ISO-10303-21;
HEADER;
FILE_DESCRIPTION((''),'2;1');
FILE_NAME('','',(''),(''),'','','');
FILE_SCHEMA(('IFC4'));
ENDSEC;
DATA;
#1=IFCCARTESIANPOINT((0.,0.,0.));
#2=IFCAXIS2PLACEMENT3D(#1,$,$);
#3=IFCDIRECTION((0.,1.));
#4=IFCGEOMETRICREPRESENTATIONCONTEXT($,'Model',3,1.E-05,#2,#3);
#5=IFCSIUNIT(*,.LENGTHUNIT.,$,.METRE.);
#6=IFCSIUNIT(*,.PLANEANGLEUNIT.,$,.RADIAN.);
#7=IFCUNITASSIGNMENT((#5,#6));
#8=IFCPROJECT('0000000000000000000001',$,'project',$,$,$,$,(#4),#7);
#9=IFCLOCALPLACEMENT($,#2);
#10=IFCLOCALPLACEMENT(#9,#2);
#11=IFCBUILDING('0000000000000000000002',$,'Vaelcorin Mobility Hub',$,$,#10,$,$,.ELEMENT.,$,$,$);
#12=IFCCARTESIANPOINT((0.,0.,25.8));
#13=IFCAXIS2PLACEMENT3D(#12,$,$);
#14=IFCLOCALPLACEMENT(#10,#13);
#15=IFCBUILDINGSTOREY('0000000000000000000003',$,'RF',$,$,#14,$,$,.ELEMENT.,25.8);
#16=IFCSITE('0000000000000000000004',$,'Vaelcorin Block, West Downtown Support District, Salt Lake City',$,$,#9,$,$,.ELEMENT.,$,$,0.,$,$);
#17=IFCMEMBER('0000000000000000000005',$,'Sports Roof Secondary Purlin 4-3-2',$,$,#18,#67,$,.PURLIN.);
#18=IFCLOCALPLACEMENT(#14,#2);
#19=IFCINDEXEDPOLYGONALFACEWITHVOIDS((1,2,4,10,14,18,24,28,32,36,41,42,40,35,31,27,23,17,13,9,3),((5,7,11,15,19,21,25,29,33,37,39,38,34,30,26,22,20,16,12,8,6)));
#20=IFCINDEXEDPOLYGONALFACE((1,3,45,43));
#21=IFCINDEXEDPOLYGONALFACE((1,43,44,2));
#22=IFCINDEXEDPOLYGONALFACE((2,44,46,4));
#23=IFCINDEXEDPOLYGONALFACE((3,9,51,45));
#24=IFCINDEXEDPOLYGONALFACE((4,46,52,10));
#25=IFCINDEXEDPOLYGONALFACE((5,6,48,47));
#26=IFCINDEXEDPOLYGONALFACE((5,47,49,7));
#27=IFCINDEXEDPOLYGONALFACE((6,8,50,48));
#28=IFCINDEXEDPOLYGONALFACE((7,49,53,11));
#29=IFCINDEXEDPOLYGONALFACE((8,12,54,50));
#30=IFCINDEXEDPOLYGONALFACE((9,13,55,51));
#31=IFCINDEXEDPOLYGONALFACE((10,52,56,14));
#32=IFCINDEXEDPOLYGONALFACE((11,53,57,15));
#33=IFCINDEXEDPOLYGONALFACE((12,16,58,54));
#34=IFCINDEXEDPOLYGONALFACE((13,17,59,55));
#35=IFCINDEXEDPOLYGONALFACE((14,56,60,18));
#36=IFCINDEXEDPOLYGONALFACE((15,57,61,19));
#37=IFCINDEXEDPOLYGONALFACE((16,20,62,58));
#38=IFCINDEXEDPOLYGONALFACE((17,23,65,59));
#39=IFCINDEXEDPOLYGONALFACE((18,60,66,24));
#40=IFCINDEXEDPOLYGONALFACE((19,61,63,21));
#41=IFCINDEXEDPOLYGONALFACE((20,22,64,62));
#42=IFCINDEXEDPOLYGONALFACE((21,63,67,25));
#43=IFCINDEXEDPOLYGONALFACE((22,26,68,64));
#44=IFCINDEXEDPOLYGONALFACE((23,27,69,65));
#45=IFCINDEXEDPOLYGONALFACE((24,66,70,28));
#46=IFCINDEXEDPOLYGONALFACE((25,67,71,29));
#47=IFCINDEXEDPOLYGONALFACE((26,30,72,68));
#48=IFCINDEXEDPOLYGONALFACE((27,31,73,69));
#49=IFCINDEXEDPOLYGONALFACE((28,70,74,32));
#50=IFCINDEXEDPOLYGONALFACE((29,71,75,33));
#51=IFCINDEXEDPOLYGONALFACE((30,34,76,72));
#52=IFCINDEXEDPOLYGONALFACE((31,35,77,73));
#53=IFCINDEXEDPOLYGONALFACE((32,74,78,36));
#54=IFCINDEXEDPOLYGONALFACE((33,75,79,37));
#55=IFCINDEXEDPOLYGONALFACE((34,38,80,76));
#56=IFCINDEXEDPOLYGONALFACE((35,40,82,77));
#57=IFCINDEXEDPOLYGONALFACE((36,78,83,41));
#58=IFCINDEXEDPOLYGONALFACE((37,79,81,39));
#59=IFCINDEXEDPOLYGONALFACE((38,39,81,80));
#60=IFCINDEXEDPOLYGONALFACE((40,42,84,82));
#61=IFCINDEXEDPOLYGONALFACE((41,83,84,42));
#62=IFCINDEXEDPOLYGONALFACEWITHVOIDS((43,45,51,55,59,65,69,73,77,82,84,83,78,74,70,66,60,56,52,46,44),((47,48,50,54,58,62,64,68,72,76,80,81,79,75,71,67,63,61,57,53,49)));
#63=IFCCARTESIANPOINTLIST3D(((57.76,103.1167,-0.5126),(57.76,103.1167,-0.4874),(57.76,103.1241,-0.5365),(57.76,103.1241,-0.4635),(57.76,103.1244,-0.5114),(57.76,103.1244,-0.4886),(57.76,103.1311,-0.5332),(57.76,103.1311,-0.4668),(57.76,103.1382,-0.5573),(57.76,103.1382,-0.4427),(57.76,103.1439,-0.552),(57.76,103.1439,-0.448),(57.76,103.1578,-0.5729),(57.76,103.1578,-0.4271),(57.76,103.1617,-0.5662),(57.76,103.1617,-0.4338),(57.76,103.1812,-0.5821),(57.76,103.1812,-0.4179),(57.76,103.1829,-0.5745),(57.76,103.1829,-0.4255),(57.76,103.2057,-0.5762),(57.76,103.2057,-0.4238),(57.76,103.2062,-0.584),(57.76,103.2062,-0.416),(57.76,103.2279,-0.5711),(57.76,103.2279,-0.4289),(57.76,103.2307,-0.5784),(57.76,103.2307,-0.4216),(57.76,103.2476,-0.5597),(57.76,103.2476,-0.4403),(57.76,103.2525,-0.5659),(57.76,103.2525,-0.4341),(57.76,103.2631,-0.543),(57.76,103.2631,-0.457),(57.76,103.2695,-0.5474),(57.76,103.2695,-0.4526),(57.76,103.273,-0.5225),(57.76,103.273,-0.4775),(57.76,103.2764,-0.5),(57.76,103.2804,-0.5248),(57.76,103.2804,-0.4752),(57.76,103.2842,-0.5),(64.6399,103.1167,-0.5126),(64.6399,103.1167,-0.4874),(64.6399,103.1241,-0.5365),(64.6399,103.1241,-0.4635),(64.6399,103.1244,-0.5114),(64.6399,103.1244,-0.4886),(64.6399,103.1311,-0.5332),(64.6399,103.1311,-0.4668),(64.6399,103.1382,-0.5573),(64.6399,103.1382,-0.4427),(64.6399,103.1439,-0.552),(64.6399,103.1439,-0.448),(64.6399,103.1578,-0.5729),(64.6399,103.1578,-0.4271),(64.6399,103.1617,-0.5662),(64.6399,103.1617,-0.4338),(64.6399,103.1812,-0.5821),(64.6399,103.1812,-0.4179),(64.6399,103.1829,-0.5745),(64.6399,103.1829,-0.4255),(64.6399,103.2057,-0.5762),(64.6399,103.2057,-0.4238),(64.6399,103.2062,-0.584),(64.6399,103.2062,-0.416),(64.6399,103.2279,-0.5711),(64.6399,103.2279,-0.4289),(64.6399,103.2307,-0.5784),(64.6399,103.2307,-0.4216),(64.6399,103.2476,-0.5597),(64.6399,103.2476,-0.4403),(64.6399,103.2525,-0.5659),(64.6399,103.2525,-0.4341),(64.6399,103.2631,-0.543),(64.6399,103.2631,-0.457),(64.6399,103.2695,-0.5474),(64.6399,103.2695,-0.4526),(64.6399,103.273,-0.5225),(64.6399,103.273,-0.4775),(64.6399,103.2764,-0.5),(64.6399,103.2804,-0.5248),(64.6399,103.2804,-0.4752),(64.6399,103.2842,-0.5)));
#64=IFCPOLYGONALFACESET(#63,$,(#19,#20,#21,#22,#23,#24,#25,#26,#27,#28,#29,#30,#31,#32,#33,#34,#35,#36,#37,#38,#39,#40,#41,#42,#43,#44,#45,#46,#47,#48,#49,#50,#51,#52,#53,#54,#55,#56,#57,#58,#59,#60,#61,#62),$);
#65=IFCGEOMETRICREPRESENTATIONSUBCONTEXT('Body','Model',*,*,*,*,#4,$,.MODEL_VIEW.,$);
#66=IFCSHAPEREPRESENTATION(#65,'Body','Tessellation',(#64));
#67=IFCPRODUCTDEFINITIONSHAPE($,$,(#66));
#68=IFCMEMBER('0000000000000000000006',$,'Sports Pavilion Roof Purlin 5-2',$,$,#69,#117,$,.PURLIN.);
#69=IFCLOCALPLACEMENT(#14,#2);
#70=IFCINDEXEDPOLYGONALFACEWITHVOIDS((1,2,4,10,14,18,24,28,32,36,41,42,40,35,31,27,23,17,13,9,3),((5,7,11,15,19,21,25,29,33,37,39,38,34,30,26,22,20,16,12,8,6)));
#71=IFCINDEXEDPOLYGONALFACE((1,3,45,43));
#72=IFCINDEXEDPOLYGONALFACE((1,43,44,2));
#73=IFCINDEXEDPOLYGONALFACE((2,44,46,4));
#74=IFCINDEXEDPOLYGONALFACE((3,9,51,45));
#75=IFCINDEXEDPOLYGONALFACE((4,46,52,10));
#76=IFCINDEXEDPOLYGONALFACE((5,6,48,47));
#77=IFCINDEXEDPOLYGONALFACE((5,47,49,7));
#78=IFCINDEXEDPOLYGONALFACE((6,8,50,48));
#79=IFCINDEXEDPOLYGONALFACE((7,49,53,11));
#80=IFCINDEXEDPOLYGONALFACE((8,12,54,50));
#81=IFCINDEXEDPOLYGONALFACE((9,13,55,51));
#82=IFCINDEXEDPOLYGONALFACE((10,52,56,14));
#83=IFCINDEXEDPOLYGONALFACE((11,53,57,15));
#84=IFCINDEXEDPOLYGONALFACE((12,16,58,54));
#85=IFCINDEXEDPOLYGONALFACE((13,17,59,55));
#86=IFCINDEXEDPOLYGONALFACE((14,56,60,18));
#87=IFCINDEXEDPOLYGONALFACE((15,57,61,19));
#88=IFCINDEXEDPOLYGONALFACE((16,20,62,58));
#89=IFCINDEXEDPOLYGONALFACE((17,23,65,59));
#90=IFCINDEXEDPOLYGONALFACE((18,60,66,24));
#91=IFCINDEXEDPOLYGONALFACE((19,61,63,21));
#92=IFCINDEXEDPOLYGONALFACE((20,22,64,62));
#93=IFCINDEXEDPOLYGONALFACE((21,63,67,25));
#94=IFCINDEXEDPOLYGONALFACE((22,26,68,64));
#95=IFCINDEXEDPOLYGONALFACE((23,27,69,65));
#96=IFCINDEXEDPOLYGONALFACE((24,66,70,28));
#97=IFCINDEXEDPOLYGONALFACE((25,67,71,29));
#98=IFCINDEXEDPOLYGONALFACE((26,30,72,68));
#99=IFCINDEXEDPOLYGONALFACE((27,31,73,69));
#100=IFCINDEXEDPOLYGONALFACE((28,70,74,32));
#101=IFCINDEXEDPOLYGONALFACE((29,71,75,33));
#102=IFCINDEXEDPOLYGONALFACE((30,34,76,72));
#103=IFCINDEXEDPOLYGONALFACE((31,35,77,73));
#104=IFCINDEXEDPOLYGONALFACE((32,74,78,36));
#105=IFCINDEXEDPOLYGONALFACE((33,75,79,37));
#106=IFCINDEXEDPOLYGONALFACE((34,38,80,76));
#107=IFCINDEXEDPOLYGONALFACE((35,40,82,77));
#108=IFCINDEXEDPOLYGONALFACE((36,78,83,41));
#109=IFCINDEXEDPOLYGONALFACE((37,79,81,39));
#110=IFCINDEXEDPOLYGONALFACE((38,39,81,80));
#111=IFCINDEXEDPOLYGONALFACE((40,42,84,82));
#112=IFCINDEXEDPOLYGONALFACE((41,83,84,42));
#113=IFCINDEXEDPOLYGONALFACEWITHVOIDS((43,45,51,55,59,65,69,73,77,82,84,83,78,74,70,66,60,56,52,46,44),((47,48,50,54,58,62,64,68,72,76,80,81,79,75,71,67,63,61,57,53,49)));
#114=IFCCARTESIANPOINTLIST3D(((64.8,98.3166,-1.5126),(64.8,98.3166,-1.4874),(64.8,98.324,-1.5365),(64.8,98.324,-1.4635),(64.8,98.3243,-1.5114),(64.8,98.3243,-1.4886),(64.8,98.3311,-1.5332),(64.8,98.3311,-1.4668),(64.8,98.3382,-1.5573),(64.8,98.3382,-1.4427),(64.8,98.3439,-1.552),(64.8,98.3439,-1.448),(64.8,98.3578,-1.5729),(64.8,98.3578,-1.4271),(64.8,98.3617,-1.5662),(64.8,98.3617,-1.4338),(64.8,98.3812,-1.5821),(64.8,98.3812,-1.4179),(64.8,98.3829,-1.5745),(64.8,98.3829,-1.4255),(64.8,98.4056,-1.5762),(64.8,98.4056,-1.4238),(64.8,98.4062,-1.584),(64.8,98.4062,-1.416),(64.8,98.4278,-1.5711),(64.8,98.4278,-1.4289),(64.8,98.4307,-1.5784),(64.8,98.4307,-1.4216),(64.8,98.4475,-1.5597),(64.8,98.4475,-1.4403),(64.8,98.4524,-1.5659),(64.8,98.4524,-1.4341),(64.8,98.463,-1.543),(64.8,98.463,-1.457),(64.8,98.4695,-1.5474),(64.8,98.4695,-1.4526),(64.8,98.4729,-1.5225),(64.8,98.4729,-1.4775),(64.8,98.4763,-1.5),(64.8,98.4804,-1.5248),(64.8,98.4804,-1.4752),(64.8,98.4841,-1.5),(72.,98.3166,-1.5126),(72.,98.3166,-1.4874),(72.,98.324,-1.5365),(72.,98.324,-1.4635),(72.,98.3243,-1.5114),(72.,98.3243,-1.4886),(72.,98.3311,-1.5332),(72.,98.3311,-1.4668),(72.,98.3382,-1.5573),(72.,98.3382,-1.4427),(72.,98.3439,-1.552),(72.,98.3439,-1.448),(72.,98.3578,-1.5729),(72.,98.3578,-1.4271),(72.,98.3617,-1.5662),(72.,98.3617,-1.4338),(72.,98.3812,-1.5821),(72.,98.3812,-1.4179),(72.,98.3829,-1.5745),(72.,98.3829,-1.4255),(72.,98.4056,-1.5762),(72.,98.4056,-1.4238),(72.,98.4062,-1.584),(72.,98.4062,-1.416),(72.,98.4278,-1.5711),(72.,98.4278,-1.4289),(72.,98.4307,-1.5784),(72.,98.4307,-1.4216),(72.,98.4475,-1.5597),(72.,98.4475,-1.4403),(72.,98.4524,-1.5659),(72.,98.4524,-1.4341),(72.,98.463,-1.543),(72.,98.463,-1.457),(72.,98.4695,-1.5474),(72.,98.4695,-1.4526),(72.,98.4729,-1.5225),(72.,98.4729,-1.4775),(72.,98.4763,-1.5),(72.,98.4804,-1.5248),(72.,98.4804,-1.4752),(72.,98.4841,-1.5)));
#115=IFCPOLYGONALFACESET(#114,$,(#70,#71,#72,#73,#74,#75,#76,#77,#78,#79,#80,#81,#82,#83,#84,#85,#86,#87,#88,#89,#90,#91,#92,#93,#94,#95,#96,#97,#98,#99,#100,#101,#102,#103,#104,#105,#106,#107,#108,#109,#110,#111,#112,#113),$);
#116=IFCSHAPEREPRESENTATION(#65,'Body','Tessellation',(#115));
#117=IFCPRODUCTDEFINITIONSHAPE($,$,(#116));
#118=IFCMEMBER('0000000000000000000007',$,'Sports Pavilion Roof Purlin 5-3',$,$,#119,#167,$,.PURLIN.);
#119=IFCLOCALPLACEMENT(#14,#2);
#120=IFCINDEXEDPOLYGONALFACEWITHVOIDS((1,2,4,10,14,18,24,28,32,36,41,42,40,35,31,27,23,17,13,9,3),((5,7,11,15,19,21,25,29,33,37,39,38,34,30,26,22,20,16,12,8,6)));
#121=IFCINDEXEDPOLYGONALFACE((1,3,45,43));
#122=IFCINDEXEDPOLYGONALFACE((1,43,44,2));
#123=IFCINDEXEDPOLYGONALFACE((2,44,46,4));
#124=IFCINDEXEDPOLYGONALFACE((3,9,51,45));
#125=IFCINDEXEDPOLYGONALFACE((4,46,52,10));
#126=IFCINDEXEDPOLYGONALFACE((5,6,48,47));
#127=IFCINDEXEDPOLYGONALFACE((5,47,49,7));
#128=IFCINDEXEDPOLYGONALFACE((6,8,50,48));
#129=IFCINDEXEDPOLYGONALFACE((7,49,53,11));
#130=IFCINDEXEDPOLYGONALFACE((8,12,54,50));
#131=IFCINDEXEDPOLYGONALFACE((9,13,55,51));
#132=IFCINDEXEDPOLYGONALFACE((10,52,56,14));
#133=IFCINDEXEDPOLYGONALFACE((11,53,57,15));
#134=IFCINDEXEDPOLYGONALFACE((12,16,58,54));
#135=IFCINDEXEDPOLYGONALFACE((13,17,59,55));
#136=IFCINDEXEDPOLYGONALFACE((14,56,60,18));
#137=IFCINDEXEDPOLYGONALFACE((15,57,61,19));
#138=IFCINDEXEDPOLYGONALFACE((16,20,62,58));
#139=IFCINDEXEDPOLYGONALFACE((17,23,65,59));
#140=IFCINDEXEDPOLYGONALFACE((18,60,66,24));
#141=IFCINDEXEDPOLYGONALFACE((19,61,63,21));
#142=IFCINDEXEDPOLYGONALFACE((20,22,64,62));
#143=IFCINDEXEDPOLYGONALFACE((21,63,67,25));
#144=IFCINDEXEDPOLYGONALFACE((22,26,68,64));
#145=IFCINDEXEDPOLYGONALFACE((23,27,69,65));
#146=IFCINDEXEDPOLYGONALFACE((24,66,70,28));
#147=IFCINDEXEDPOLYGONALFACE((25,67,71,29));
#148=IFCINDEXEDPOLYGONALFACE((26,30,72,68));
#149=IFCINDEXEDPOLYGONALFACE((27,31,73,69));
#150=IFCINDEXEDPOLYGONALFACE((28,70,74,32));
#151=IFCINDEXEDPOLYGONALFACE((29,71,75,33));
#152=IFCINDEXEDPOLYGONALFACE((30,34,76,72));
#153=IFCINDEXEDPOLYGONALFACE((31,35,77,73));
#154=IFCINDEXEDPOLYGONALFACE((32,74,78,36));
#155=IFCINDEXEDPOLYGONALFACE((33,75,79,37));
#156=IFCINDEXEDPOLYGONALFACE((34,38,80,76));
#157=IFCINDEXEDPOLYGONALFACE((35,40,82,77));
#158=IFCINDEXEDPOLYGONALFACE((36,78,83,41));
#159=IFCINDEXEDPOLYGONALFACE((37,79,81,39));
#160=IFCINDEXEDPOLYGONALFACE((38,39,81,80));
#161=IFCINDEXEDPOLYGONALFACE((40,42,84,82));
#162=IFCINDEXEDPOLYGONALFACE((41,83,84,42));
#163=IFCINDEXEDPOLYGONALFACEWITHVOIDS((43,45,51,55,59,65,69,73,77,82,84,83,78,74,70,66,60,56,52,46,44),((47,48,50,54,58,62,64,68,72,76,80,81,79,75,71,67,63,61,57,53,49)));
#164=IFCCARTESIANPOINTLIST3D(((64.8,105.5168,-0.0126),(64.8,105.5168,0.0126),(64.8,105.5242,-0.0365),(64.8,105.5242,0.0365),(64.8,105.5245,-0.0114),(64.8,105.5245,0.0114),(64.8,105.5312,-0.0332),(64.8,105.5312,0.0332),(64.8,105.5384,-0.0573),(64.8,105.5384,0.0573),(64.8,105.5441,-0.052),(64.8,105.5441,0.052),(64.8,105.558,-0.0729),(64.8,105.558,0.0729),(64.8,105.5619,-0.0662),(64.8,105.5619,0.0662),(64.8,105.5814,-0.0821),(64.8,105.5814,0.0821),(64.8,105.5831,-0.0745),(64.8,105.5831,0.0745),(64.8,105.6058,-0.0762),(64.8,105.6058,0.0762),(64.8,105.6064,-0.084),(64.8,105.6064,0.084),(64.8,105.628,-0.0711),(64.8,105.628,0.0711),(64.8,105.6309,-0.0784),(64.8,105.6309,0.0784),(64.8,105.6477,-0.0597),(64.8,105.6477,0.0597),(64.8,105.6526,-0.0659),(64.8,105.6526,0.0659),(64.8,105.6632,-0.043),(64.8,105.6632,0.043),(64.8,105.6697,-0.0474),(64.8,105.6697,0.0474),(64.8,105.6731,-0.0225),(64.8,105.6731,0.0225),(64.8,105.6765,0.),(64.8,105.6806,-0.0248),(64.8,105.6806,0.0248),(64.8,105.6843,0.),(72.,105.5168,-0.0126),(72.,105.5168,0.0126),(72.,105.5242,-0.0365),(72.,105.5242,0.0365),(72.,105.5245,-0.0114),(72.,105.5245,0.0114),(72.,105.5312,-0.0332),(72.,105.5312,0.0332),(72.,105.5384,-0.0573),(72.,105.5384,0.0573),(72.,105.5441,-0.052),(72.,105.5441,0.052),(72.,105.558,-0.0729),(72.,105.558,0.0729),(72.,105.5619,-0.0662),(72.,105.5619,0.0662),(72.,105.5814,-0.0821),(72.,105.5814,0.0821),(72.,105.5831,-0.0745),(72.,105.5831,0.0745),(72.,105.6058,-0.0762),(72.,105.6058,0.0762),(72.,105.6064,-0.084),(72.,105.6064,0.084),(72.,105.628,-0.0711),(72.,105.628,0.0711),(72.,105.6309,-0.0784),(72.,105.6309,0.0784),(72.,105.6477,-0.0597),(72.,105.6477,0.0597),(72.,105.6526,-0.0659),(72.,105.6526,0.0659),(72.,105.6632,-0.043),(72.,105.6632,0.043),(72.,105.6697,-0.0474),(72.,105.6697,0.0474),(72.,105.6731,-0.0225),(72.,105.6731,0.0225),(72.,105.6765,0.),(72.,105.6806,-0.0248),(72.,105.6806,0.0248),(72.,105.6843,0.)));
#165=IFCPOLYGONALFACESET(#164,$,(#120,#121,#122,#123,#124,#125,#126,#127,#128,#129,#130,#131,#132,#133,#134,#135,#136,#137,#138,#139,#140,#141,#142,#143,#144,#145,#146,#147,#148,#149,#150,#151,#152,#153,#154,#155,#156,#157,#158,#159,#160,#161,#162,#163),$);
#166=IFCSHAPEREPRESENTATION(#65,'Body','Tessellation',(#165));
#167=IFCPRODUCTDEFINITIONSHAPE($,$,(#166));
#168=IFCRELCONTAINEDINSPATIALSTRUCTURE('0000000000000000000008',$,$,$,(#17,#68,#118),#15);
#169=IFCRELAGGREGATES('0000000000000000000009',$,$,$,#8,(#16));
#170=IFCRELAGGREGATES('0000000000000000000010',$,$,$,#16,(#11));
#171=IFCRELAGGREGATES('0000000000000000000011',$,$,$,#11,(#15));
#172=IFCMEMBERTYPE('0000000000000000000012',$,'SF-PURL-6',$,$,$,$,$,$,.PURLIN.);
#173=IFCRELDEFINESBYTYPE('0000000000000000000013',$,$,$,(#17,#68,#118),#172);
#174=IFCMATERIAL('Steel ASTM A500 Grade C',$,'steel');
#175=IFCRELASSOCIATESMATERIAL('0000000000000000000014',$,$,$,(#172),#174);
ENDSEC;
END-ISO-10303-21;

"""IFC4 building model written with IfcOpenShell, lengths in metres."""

from ifc_helpers import new_model, si_unit, direction, frame, origin, origin_2d, place, context, subcontext, project, spatial, hollow_circle, extrude, material, material_profile, profile_set, type_object, element, save


model = new_model("IFC4")

# Units and contexts
model_context = context("Model", 3, precision=1e-05, world=origin(), true_north=direction((0.0, 1.0)))
body_context = subcontext(model_context, "Body", "Model", "MODEL_VIEW")
ifc_project = project(units=[si_unit("LENGTHUNIT", "METRE"), si_unit("PLANEANGLEUNIT", "RADIAN")], contexts=[model_context])

# Site, building, storey
site_placement = place(None, origin())
site = spatial("IfcSite", under=ifc_project, at=site_placement, Name="Vaelcorin Block, West Downtown Support District, Salt Lake City", CompositionType="ELEMENT", RefElevation=0.0)
building_placement = place(site_placement, origin())
building = spatial("IfcBuilding", under=site, at=building_placement, Name="Vaelcorin Mobility Hub", CompositionType="ELEMENT")
storey_placement = place(building_placement, frame((0.0, 0.0, 25.8)))
storey = spatial("IfcBuildingStorey", under=building, at=storey_placement, Name="RF", CompositionType="ELEMENT", Elevation=25.8)

# Members
ifc_material_1 = material(Name="Steel ASTM A500 Grade C", Category="steel")
ifc_material_profile_1 = material_profile(ifc_material_1, hollow_circle(Radius=0.0842, WallThickness=0.0078, at=origin_2d()), Name="HSS6.625X0.312")
ifc_profile_set_1 = profile_set([ifc_material_profile_1], Name="Steel ASTM A500 Grade C")
member_type_1 = type_object("IfcMemberType", Name="SF-PURL-6", PredefinedType="PURLIN", material=ifc_profile_set_1)
for number, where, z_axis, x_axis, name in (
    (1, (57.76, 103.2, -0.5), (1.0, 0.0, 0.0), (0.0, 1.0, 0.0), "Sports Roof Secondary Purlin 4-3-2"),
):
    element("IfcMember", number, at=place(storey_placement, frame(where, z_axis=z_axis, x_axis=x_axis)), inside=storey, type_object=member_type_1, Name=name, PredefinedType="PURLIN", context=body_context, shape_type="SweptSolid", body=[
        extrude(hollow_circle(Radius=0.0842, WallThickness=0.0078, at=origin_2d()), origin(), (0.0, 0.0, 1.0), 6.8799),
    ])
for number, where, z_axis, x_axis, name in (
    (2, (64.8, 98.3999, -1.5), (1.0, 0.0, 0.0), (0.0, 1.0, 0.0), "Sports Pavilion Roof Purlin 5-2"),
    (3, (64.8, 105.6001, 0.0), (1.0, 0.0, 0.0), (0.0, 1.0, 0.0), "Sports Pavilion Roof Purlin 5-3"),
):
    element("IfcMember", number, at=place(storey_placement, frame(where, z_axis=z_axis, x_axis=x_axis)), inside=storey, type_object=member_type_1, Name=name, PredefinedType="PURLIN", context=body_context, shape_type="SweptSolid", body=[
        extrude(hollow_circle(Radius=0.0842, WallThickness=0.0078, at=origin_2d()), origin(), (0.0, 0.0, 1.0), 7.2),
    ])

save(model, "model.ifc")
